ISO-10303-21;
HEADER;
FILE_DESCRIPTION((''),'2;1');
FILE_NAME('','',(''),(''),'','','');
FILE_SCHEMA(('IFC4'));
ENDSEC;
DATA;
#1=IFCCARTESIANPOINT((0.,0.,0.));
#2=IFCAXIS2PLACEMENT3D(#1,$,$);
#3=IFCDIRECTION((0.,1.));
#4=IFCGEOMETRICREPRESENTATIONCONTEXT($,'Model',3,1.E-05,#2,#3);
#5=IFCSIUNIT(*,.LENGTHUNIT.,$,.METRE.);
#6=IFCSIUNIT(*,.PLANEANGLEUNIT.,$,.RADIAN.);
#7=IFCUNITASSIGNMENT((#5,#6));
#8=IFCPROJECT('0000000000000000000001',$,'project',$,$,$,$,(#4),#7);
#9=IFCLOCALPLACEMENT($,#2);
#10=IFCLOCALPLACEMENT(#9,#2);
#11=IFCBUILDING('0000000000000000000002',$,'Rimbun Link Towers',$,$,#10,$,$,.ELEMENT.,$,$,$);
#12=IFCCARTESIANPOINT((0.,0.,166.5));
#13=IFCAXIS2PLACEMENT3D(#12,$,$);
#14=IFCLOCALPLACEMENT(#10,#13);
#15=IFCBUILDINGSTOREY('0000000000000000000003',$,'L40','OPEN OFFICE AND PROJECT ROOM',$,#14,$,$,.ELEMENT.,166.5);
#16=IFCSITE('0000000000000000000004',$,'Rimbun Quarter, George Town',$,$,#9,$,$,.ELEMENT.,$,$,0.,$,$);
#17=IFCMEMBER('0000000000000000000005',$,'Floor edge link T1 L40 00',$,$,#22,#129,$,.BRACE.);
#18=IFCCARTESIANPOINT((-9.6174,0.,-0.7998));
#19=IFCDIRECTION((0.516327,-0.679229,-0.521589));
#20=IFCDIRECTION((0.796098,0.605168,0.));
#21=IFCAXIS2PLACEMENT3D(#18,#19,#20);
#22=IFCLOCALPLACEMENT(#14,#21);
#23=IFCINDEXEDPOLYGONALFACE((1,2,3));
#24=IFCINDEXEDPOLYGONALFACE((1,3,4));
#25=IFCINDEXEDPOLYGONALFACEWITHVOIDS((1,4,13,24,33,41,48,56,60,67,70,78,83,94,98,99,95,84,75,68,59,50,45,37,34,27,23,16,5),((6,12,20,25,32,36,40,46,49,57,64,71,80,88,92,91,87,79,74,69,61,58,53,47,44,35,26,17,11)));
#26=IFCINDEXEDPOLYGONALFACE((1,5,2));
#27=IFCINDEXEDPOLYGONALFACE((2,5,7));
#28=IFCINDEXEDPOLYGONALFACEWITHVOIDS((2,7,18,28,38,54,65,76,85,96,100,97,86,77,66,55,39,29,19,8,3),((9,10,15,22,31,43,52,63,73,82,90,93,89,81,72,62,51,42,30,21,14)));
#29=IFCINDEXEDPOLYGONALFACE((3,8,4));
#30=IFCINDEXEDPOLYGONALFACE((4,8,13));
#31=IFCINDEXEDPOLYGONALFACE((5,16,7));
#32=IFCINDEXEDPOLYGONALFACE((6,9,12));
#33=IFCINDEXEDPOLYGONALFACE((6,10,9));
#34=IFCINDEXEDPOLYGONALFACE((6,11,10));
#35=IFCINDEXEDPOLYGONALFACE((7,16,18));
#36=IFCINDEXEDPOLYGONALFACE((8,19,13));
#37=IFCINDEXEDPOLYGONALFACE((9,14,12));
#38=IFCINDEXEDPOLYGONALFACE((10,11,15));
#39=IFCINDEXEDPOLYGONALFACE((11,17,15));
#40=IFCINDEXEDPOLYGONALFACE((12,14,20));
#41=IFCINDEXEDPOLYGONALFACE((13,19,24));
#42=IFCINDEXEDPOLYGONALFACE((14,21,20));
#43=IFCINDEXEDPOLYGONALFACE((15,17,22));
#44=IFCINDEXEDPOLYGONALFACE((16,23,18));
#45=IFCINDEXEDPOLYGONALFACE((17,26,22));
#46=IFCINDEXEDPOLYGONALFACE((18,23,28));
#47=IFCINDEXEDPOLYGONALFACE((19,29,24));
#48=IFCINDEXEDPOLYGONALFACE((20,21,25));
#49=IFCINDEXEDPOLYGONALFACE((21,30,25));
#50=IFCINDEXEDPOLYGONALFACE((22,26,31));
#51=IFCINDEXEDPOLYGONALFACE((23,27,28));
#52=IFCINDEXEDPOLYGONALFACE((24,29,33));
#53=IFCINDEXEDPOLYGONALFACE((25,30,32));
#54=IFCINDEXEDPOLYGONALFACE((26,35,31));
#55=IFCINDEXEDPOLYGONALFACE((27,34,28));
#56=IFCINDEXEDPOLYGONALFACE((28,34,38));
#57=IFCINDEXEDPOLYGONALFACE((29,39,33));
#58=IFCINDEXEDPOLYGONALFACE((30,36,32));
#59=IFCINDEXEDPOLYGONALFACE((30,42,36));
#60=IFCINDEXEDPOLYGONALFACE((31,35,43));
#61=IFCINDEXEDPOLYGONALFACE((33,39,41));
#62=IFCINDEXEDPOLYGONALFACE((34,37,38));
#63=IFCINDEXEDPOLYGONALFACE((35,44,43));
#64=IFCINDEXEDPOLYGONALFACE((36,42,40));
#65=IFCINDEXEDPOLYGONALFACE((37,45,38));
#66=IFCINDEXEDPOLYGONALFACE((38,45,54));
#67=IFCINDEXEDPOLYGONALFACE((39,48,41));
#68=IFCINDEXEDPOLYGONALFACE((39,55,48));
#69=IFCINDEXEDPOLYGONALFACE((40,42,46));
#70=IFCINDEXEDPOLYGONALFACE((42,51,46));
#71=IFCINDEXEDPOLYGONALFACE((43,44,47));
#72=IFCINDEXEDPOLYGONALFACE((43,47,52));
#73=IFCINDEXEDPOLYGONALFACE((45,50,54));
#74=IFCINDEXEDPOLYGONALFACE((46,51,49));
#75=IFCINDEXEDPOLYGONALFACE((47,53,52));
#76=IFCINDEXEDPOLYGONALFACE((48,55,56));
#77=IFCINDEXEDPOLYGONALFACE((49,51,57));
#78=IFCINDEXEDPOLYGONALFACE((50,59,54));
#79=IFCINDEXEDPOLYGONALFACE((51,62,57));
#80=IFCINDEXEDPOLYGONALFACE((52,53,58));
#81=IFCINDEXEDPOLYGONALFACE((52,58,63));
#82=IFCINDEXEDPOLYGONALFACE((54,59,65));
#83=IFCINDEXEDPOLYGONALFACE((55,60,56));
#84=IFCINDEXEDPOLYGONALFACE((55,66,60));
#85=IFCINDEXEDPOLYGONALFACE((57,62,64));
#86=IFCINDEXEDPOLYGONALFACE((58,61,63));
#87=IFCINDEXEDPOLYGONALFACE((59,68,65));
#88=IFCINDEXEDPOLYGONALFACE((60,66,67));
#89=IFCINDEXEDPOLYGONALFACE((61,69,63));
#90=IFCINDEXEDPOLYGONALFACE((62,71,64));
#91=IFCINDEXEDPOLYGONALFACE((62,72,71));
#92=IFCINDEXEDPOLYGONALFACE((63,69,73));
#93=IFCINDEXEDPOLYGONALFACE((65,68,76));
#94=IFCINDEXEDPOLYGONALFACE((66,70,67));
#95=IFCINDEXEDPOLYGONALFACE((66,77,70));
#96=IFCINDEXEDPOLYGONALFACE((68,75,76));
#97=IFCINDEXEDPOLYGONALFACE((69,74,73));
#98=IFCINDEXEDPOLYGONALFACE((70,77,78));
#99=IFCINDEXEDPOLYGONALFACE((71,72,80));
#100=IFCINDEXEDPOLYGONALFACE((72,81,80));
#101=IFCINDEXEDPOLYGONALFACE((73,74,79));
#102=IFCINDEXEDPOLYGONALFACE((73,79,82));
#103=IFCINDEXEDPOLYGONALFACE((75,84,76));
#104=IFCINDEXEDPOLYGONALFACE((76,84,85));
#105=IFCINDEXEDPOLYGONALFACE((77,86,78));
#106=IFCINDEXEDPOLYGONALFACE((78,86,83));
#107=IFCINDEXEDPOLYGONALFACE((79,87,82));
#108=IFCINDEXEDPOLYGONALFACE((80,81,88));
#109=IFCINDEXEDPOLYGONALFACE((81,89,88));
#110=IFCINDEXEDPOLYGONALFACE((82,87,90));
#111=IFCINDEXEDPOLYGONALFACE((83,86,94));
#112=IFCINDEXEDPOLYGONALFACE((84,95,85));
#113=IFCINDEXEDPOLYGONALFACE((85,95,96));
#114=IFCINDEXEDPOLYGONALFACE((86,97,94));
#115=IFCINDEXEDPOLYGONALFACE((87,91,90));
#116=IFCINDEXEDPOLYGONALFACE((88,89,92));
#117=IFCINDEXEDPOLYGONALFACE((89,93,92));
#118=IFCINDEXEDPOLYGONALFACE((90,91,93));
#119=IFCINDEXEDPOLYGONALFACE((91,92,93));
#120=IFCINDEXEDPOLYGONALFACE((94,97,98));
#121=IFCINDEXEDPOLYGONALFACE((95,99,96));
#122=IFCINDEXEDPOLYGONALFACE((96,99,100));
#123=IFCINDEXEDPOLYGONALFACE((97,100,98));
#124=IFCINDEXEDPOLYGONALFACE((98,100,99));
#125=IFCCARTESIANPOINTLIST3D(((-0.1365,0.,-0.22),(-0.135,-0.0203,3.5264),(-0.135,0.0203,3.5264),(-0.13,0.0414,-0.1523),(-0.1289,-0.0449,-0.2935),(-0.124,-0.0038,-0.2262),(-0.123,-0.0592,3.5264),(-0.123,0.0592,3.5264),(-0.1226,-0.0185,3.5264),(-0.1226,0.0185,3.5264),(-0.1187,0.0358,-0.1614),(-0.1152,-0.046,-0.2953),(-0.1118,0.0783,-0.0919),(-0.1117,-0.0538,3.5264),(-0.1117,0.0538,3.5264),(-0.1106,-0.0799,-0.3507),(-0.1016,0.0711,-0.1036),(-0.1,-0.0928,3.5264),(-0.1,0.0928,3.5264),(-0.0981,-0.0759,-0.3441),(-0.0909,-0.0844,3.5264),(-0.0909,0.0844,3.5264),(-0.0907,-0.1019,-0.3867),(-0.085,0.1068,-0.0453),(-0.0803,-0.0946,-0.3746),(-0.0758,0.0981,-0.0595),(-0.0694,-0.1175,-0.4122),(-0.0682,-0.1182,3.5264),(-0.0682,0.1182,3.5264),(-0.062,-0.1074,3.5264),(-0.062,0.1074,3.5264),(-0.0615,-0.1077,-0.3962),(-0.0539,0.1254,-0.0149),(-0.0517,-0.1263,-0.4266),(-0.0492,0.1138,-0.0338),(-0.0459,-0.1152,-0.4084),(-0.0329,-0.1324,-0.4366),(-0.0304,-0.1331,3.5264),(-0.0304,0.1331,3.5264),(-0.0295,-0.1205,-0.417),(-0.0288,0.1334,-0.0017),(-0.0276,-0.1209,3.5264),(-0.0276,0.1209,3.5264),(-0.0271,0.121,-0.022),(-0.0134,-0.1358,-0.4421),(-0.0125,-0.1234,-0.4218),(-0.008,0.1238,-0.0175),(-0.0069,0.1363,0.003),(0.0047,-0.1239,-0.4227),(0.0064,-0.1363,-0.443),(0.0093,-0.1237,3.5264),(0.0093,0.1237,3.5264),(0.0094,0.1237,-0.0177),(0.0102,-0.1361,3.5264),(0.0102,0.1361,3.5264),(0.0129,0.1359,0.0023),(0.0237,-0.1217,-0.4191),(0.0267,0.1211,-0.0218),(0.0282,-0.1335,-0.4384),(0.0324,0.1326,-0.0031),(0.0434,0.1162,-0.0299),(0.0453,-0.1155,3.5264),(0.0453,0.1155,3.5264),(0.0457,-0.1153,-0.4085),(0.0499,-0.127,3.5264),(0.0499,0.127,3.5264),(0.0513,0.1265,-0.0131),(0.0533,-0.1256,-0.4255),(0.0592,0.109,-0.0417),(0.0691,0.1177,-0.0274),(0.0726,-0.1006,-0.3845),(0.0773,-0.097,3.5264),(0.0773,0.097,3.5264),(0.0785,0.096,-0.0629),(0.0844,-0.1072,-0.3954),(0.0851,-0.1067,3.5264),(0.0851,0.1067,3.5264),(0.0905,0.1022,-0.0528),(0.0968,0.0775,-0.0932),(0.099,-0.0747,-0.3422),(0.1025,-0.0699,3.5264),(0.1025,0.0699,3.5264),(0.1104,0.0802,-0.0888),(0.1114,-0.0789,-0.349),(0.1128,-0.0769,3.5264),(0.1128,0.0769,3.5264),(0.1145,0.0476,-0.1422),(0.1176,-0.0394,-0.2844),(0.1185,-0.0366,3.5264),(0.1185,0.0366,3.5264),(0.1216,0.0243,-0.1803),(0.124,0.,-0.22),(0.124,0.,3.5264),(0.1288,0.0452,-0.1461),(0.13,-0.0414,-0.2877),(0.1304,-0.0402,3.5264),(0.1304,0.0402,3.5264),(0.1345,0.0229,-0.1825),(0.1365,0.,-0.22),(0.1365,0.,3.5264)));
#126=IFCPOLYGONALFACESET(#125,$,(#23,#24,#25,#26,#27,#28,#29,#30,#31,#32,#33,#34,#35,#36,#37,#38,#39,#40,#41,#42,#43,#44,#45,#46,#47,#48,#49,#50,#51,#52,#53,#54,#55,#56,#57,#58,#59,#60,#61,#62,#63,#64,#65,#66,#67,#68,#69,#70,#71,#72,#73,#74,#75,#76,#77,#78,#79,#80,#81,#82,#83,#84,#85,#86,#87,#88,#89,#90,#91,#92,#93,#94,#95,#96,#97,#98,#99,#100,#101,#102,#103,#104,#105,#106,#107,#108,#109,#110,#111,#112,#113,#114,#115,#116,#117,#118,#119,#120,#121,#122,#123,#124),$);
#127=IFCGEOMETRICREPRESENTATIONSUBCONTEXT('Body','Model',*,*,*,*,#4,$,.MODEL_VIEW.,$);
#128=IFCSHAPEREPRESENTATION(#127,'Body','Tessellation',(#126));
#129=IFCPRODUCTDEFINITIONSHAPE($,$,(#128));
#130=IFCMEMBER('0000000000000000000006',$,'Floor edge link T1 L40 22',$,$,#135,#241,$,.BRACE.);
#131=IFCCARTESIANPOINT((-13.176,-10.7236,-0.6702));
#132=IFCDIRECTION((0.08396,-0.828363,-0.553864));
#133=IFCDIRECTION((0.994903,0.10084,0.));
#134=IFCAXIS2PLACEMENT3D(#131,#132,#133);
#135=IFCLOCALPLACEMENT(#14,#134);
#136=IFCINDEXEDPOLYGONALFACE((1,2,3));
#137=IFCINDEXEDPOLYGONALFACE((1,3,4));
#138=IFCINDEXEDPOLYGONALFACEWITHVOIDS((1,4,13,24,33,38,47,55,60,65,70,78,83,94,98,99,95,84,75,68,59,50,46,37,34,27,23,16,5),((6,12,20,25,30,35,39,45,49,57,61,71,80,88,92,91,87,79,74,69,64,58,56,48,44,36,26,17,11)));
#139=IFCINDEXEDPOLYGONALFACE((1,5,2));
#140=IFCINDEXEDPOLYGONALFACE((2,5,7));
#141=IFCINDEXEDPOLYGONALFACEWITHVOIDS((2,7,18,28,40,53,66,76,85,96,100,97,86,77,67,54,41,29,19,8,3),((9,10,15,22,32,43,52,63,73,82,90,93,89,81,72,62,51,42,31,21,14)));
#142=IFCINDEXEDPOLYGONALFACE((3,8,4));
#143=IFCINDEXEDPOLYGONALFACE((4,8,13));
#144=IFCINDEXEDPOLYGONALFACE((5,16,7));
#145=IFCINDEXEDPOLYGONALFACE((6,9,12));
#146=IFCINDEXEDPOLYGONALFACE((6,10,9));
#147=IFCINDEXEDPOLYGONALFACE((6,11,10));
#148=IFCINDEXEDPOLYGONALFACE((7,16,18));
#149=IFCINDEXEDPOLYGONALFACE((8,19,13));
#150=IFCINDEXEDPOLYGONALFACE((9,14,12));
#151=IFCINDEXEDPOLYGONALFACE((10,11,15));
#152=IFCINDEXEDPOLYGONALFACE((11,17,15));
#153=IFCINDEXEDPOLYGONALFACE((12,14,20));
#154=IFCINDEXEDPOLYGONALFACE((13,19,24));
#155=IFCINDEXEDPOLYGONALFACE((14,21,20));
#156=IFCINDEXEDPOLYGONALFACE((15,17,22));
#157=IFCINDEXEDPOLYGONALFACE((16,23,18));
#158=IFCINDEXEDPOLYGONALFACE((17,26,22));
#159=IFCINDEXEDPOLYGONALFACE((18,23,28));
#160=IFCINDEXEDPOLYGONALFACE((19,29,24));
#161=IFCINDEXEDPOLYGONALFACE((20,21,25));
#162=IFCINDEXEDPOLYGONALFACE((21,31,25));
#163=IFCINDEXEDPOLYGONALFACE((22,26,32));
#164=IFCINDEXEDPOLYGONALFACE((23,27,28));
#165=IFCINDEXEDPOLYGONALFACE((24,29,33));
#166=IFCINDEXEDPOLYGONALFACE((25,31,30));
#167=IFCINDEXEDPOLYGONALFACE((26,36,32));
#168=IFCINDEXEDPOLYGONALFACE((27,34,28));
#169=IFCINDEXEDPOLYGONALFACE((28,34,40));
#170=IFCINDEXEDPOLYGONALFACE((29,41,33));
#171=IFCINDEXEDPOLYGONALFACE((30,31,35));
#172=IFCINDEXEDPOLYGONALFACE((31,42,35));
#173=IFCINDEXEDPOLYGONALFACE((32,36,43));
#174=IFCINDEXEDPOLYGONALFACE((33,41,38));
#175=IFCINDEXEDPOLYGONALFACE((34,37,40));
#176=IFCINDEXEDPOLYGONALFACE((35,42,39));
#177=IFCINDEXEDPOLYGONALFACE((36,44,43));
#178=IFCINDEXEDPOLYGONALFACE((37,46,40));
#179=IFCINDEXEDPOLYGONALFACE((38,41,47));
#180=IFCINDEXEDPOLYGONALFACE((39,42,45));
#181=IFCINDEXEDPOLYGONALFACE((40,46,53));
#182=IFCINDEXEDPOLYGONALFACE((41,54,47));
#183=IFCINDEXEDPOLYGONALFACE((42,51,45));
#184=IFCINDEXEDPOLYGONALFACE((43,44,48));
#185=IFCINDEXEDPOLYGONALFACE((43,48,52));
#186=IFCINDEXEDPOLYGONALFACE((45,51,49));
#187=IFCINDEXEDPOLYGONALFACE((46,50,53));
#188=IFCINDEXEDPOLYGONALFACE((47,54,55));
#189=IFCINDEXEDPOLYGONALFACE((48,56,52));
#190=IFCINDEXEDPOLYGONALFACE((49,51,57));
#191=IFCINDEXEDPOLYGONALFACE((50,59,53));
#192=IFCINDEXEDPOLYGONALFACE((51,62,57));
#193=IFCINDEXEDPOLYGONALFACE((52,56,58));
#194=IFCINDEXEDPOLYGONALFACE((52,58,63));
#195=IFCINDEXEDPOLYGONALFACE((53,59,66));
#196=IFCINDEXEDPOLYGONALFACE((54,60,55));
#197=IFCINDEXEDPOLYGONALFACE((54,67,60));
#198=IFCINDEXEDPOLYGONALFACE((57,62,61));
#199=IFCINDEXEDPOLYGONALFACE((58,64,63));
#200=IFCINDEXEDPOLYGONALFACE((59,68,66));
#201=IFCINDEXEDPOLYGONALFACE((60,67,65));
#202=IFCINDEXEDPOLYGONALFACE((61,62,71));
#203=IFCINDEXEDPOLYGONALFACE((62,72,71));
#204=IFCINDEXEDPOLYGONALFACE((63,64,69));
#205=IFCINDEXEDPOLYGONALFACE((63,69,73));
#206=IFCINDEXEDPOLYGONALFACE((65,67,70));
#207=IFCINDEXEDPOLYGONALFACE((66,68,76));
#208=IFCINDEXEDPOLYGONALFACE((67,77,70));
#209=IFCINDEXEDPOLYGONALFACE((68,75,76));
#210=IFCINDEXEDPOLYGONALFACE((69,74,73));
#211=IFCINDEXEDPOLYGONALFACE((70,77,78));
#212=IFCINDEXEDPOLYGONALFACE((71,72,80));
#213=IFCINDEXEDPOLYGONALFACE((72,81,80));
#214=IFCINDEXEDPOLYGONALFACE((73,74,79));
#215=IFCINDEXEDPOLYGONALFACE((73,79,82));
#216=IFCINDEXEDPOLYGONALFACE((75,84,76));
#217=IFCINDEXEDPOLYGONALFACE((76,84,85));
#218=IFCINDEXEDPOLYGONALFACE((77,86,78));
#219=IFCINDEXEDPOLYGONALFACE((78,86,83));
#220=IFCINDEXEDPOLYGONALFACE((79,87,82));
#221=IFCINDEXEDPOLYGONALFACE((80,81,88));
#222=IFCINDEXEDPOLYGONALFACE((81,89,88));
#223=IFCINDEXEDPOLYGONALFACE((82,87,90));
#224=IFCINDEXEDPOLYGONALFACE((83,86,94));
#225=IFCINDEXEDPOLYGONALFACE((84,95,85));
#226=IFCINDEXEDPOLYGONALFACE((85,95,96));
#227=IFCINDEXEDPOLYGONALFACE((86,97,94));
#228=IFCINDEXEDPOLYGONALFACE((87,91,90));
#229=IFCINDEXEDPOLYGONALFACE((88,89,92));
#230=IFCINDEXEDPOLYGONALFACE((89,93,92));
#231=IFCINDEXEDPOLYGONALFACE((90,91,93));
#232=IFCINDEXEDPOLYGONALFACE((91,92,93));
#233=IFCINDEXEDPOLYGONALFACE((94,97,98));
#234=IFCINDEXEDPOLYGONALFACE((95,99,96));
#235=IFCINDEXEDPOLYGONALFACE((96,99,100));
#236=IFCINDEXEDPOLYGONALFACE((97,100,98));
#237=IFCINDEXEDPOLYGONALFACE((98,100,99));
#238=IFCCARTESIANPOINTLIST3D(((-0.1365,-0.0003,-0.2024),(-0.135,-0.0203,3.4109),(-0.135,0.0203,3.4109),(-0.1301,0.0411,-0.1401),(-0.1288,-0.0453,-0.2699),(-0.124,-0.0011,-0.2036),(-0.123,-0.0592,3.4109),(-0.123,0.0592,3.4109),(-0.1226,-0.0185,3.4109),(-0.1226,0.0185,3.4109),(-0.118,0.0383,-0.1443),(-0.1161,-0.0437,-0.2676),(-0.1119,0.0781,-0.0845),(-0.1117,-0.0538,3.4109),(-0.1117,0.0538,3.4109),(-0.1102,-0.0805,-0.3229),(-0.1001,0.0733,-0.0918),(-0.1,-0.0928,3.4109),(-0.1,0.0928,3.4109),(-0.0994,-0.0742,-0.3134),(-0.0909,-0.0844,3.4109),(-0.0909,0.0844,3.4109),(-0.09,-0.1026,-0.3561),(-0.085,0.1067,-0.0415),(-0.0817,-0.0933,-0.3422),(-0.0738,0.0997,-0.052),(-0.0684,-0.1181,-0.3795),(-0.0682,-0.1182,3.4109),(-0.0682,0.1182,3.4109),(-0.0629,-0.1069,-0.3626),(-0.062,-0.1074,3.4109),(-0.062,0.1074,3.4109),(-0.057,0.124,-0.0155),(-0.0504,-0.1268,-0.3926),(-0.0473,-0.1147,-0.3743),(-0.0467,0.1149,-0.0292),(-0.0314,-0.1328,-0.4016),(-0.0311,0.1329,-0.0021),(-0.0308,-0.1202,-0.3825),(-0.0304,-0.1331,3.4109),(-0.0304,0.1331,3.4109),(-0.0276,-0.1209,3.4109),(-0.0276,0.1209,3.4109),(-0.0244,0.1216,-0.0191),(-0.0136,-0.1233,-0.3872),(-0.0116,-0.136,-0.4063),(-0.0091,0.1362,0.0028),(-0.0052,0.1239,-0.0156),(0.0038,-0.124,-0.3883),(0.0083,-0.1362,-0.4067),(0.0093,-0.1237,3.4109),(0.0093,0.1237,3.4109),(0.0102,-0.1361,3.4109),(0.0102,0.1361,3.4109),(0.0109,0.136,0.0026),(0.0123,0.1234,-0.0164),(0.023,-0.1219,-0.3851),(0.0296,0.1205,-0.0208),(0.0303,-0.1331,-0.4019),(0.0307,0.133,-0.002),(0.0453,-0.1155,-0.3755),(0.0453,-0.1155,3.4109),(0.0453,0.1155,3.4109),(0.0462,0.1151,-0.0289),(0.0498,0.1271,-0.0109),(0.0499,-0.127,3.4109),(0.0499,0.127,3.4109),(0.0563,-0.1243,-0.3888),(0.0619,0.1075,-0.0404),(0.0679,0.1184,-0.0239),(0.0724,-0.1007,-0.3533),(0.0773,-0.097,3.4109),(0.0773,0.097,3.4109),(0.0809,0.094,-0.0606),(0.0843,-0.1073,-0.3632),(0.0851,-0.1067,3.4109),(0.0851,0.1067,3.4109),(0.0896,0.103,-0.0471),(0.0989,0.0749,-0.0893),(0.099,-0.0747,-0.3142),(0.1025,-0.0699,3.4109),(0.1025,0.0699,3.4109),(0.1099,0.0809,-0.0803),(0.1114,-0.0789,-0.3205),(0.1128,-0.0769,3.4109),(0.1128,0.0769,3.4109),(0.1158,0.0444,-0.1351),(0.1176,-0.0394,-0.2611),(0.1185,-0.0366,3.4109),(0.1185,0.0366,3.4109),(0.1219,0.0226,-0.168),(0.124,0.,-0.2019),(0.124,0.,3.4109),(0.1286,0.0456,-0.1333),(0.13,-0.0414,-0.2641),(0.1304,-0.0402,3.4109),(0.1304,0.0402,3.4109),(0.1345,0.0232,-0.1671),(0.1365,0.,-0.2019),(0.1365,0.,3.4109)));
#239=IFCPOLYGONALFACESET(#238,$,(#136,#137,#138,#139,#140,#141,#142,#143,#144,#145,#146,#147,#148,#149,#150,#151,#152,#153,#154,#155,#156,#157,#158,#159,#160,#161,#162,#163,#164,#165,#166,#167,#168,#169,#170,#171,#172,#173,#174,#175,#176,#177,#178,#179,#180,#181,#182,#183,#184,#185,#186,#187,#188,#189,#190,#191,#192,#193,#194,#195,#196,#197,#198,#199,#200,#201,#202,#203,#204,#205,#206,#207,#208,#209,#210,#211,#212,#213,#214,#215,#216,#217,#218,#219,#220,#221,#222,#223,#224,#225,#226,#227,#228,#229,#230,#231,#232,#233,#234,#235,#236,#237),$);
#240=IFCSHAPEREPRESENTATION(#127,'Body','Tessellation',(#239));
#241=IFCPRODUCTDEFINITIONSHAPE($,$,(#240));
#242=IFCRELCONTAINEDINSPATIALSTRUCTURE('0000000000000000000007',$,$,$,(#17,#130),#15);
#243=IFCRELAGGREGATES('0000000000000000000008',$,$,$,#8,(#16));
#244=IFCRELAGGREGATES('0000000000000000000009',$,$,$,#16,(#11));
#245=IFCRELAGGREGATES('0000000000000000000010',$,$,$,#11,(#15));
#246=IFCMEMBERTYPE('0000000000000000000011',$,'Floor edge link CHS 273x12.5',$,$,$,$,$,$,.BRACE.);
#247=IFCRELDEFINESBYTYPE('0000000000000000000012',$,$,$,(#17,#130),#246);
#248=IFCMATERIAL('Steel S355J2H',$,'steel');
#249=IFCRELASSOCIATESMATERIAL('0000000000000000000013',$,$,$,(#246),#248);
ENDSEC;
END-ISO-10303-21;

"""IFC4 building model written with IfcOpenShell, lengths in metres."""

from ifc_helpers import new_model, si_unit, direction, frame, origin, origin_2d, place, context, subcontext, project, spatial, hollow_circle, extrude, clip, halfspace, material, material_profile, profile_set, type_object, element, save


model = new_model("IFC4")

# Units and contexts
model_context = context("Model", 3, precision=1e-05, world=origin(), true_north=direction((0.0, 1.0)))
body_context = subcontext(model_context, "Body", "Model", "MODEL_VIEW")
ifc_project = project(units=[si_unit("LENGTHUNIT", "METRE"), si_unit("PLANEANGLEUNIT", "RADIAN")], contexts=[model_context])

# Site, building, storey
site_placement = place(None, origin())
site = spatial("IfcSite", under=ifc_project, at=site_placement, Name="Rimbun Quarter, George Town", CompositionType="ELEMENT", RefElevation=0.0)
building_placement = place(site_placement, origin())
building = spatial("IfcBuilding", under=site, at=building_placement, Name="Rimbun Link Towers", CompositionType="ELEMENT")
storey_placement = place(building_placement, frame((0.0, 0.0, 166.5)))
storey = spatial("IfcBuildingStorey", under=building, at=storey_placement, Name="L40", Description="OPEN OFFICE AND PROJECT ROOM", CompositionType="ELEMENT", Elevation=166.5)

# Members
ifc_material_1 = material(Name="Steel S355J2H", Category="steel")
ifc_material_profile_1 = material_profile(ifc_material_1, hollow_circle(Radius=0.1365, WallThickness=0.0125, at=origin_2d()), Name="CHS 273x12.5")
ifc_profile_set_1 = profile_set([ifc_material_profile_1], Name="Steel S355J2H")
member_type_1 = type_object("IfcMemberType", Name="Floor edge link CHS 273x12.5", PredefinedType="BRACE", material=ifc_profile_set_1)
member_1_placement = place(storey_placement, frame((-9.6174, 0.0, -0.7998), z_axis=(0.516327, -0.679229, -0.521589), x_axis=(0.796098, 0.605168, 0.0)))
element("IfcMember", 1, at=member_1_placement, inside=storey, type_object=member_type_1, Name="Floor edge link T1 L40 00", PredefinedType="BRACE", context=body_context, shape_type="Clipping", body=[
    clip(extrude(hollow_circle(Radius=0.1365, WallThickness=0.0125, at=origin_2d()), frame((0.0, 0.0, -0.4658)), (0.0, 0.0, 1.0), 3.9922), halfspace(frame((0.0, 0.0, -0.22), z_axis=(0.0, 0.853197, -0.521589)), False)),
])
member_2_placement = place(storey_placement, frame((-13.176, -10.7236, -0.6702), z_axis=(0.08396, -0.828363, -0.553864), x_axis=(0.994903, 0.10084, 0.0)))
element("IfcMember", 2, at=member_2_placement, inside=storey, type_object=member_type_1, Name="Floor edge link T1 L40 22", PredefinedType="BRACE", context=body_context, shape_type="Clipping", body=[
    clip(extrude(hollow_circle(Radius=0.1365, WallThickness=0.0125, at=origin_2d()), frame((0.0, 0.0, -0.4285)), (0.0, 0.0, 1.0), 3.8394), halfspace(frame((0.0, 0.0, -0.2019), z_axis=(0.0, 0.832607, -0.553864)), False)),
])

save(model, "model.ifc")
